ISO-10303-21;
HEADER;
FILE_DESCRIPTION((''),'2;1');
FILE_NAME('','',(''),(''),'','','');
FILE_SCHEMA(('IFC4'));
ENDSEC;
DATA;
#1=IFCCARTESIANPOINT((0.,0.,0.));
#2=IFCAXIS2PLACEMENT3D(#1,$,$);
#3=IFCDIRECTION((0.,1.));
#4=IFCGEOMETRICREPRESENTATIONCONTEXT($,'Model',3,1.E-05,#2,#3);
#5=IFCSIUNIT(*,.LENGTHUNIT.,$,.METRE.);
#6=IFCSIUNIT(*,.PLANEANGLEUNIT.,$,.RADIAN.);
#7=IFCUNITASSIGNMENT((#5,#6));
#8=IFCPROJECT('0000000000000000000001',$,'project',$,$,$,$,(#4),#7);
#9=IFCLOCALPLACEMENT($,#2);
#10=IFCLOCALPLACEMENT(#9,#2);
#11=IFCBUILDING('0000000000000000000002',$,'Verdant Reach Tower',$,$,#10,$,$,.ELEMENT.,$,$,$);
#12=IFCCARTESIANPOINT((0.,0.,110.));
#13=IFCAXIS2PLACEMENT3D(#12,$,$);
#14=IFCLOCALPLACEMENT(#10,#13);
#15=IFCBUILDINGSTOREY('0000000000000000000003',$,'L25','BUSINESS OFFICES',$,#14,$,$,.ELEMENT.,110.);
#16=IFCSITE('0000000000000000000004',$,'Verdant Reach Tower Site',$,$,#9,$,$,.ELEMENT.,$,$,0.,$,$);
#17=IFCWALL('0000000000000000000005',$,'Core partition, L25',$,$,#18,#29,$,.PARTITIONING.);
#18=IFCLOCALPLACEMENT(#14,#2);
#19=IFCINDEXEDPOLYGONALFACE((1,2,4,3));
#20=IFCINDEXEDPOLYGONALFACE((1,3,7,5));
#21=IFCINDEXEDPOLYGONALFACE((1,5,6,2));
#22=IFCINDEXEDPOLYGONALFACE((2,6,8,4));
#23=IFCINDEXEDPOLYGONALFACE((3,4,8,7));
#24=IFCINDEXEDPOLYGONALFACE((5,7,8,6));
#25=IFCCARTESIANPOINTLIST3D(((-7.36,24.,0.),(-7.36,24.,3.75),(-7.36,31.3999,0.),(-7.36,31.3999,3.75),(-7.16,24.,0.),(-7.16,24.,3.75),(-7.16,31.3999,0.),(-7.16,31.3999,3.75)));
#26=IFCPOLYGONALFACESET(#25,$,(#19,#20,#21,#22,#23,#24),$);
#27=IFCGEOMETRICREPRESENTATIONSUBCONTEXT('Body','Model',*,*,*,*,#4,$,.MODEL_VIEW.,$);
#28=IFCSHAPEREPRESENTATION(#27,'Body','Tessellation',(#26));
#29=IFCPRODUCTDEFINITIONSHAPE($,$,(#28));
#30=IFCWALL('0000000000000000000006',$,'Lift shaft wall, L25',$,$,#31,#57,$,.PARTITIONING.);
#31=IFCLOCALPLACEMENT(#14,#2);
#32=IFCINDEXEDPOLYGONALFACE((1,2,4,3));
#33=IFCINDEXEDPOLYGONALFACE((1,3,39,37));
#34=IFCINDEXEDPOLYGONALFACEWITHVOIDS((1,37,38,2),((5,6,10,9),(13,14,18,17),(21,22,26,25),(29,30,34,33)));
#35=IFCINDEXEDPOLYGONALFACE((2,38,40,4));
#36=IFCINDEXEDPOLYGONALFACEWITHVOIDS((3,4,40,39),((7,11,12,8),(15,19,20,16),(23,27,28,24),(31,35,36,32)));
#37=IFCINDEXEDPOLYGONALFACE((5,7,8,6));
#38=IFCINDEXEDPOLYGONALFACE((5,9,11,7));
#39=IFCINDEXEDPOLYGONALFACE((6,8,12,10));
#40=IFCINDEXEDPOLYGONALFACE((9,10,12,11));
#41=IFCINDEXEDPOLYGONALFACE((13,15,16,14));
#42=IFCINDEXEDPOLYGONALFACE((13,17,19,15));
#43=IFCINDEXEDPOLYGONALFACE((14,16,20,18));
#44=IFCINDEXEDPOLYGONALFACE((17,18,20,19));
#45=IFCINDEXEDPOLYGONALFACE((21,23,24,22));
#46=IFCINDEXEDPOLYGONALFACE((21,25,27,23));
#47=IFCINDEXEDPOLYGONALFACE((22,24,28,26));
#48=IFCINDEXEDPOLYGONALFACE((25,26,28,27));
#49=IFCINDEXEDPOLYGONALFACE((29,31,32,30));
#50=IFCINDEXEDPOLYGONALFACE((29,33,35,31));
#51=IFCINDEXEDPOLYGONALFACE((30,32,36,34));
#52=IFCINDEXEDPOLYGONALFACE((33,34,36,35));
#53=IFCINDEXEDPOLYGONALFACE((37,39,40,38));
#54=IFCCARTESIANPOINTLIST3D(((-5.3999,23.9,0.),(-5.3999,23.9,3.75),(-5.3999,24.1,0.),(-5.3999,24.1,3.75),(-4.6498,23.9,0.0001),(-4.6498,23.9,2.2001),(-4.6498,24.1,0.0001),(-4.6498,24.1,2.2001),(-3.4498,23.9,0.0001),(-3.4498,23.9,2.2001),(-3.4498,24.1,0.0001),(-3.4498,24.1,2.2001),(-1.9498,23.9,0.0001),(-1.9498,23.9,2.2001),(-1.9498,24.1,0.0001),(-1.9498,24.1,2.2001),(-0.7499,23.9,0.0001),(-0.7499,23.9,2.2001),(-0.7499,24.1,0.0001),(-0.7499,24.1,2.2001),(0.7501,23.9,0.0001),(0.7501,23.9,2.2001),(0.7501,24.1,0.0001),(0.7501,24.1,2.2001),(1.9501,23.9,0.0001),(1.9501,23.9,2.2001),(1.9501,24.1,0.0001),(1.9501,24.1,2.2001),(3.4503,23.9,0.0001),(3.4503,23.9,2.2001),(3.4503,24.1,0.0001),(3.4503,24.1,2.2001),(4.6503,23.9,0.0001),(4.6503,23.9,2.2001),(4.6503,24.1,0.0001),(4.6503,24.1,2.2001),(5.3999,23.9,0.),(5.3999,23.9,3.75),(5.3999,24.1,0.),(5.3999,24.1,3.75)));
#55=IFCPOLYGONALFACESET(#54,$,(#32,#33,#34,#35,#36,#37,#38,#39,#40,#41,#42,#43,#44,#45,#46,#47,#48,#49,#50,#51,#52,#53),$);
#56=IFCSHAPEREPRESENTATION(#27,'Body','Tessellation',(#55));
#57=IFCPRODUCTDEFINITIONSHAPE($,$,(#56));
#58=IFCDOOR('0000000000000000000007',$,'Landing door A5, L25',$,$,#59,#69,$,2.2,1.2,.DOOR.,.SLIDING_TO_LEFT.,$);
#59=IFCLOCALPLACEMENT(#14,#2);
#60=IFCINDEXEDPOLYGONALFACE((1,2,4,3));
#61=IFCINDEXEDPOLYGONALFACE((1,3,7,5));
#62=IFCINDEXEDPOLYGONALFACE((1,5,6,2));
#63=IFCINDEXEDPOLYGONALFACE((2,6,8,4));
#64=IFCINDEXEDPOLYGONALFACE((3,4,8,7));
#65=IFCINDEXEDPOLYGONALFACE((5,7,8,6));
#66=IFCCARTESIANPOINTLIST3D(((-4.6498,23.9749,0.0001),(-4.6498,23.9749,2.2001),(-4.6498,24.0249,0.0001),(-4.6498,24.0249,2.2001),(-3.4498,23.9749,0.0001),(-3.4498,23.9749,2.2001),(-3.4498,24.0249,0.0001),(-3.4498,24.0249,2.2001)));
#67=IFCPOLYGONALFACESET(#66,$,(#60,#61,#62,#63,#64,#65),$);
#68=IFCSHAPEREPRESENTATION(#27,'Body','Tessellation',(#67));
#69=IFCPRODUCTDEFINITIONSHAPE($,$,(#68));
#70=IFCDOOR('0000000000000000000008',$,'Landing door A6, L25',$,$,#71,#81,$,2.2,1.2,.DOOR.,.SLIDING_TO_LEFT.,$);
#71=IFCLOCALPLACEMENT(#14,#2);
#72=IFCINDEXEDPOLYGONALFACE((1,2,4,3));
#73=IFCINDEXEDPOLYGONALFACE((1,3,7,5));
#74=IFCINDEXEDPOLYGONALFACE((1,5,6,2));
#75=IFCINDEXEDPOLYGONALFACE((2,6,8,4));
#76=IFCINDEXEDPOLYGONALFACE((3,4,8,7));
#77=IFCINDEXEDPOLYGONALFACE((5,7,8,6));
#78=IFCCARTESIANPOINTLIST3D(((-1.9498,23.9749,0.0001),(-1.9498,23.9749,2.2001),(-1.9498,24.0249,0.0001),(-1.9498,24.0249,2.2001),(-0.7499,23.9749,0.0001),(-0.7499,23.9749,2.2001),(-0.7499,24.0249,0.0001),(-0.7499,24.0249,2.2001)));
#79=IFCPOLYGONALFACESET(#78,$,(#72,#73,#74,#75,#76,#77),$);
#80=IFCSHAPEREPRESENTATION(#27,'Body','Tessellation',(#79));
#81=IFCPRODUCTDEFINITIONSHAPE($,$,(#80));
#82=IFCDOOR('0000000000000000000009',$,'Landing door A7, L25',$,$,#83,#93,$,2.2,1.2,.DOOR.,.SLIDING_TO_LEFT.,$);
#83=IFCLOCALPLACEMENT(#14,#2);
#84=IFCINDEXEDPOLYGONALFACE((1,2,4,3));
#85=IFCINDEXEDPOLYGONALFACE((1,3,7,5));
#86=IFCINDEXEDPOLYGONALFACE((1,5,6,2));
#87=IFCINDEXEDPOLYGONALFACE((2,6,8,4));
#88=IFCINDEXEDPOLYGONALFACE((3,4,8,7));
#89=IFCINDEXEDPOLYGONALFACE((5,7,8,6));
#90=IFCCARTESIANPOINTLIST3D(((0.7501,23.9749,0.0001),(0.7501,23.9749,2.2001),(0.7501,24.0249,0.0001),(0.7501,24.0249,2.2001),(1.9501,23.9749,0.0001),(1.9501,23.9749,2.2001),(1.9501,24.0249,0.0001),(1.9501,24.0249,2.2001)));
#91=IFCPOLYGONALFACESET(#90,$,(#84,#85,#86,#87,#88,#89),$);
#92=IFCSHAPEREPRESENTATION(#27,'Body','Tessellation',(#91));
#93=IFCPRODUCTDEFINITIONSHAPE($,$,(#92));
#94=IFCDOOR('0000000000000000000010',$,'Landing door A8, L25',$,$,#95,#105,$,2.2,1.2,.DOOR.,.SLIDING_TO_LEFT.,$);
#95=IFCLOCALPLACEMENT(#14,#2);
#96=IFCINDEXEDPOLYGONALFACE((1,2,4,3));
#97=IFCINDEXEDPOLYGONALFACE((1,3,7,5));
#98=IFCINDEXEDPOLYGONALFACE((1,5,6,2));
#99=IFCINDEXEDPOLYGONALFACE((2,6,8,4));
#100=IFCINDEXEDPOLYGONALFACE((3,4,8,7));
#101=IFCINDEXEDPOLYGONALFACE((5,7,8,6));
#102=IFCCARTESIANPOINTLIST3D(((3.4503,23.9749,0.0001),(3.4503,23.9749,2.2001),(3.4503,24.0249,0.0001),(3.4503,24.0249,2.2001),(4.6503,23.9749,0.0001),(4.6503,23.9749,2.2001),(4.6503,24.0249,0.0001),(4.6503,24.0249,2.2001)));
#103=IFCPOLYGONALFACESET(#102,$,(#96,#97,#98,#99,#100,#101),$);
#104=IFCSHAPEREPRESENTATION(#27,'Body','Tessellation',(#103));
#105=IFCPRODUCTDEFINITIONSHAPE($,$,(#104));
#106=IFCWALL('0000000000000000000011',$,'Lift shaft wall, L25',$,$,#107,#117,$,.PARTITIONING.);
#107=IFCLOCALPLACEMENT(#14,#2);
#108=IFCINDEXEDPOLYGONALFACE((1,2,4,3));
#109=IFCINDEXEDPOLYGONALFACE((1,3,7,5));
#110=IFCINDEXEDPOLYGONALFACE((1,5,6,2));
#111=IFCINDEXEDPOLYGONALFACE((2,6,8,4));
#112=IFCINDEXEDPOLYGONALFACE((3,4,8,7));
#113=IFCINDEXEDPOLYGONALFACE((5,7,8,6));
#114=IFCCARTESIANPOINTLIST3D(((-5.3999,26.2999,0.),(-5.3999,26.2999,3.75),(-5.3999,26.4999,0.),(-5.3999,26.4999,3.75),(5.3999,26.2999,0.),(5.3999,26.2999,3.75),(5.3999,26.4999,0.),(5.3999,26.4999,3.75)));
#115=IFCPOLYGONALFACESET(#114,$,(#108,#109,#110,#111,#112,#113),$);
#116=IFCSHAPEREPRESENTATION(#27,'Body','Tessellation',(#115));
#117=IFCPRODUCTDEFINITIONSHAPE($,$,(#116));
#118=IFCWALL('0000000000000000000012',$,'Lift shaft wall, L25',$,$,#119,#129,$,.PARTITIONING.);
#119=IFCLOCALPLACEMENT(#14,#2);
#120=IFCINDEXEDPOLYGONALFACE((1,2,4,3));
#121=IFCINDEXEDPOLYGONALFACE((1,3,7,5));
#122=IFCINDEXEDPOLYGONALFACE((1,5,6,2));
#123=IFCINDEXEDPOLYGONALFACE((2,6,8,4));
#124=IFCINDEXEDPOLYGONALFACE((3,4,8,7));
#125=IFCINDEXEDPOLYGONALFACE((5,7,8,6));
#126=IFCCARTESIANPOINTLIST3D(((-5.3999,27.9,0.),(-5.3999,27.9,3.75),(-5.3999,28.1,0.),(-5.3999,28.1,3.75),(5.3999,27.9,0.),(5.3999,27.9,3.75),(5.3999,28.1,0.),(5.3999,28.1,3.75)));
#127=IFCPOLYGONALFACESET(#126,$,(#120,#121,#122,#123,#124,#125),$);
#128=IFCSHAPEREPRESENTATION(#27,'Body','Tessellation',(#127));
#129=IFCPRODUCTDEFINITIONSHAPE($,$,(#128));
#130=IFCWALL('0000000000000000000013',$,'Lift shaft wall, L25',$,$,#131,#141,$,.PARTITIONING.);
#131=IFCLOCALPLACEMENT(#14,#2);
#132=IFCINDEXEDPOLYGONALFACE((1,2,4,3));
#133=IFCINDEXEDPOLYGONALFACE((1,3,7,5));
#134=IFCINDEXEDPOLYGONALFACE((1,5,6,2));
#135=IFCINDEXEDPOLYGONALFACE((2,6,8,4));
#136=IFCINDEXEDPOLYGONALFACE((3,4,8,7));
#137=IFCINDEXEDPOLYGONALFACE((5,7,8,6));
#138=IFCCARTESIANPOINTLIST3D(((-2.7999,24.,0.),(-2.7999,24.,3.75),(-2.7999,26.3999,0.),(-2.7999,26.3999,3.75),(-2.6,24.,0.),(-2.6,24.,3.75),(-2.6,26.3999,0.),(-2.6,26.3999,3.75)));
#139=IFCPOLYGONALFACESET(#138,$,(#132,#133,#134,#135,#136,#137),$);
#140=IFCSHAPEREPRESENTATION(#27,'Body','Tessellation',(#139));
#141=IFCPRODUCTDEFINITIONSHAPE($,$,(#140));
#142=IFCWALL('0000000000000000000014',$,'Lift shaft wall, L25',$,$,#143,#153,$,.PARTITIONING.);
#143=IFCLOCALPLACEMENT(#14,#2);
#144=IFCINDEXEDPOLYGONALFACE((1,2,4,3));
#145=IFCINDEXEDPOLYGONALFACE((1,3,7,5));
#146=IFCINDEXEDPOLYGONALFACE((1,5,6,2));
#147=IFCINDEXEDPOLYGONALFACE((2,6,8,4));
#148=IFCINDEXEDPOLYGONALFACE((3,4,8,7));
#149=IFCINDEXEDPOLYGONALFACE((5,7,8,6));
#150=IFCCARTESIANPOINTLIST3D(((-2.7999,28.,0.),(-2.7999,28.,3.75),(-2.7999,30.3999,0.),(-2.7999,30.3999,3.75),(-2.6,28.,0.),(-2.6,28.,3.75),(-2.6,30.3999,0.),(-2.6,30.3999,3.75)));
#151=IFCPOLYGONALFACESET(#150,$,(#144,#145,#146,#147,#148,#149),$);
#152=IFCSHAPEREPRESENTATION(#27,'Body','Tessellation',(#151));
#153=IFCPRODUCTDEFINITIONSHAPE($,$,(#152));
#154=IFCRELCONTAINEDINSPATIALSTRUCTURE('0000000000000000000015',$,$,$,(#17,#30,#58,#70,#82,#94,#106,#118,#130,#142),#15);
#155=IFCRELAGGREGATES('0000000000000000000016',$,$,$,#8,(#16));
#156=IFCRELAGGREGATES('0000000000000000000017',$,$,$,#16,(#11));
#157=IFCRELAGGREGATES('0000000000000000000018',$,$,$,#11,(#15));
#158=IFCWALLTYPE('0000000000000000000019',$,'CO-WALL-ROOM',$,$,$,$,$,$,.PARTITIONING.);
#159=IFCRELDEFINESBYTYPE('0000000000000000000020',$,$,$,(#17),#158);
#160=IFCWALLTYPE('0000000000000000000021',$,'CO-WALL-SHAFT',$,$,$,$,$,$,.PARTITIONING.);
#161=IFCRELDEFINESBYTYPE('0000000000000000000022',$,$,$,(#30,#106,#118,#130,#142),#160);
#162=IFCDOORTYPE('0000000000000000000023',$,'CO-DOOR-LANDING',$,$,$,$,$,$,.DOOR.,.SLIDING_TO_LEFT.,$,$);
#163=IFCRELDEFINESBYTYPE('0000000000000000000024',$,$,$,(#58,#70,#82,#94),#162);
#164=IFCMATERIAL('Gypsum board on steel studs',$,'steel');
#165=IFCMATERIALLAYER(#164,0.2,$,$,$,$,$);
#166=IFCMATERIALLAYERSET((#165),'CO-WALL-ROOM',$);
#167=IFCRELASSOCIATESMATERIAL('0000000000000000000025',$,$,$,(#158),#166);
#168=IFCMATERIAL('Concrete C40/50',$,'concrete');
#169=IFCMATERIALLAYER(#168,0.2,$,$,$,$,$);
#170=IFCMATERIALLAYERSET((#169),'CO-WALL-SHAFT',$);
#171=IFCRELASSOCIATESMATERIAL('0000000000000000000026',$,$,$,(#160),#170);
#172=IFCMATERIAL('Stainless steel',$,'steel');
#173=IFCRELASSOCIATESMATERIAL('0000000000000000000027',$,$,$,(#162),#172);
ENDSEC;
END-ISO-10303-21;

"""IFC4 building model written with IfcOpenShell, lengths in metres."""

from ifc_helpers import new_model, si_unit, direction, frame, frame_2d, origin, place, context, subcontext, project, spatial, rectangle, extrude, material, layer, layer_set, type_object, element, fill, save


model = new_model("IFC4")

# Units and contexts
model_context = context("Model", 3, precision=1e-05, world=origin(), true_north=direction((0.0, 1.0)))
body_context = subcontext(model_context, "Body", "Model", "MODEL_VIEW")
ifc_project = project(units=[si_unit("LENGTHUNIT", "METRE"), si_unit("PLANEANGLEUNIT", "RADIAN")], contexts=[model_context])

# Site, building, storey
site_placement = place(None, origin())
site = spatial("IfcSite", under=ifc_project, at=site_placement, Name="Verdant Reach Tower Site", CompositionType="ELEMENT", RefElevation=0.0)
building_placement = place(site_placement, origin())
building = spatial("IfcBuilding", under=site, at=building_placement, Name="Verdant Reach Tower", CompositionType="ELEMENT")
storey_placement = place(building_placement, frame((0.0, 0.0, 110.0)))
storey = spatial("IfcBuildingStorey", under=building, at=storey_placement, Name="L25", Description="BUSINESS OFFICES", CompositionType="ELEMENT", Elevation=110.0)

# Wall
ifc_material_1 = material(Name="Gypsum board on steel studs", Category="steel")
ifc_layer_1 = layer(ifc_material_1, 0.2)
ifc_layer_set_1 = layer_set([ifc_layer_1], Name="CO-WALL-ROOM")
wall_type_1 = type_object("IfcWallType", Name="CO-WALL-ROOM", PredefinedType="PARTITIONING", material=ifc_layer_set_1)
wall_1_placement = place(storey_placement, frame((-7.26, 24.0, 0.0), z_axis=(0.0, 0.0, 1.0), x_axis=(0.0, 1.0, 0.0)))
element("IfcWall", 1, at=wall_1_placement, inside=storey, type_object=wall_type_1, Name="Core partition, L25", PredefinedType="PARTITIONING", context=body_context, shape_type="SweptSolid", body=[
    extrude(rectangle(XDim=7.3999, YDim=0.2, at=frame_2d((3.7, 0.0))), origin(), (0.0, 0.0, 1.0), 3.75),
])

# Wall, openings, doors
ifc_material_2 = material(Name="Concrete C40/50", Category="concrete")
ifc_layer_2 = layer(ifc_material_2, 0.2)
ifc_layer_set_2 = layer_set([ifc_layer_2], Name="CO-WALL-SHAFT")
wall_type_2 = type_object("IfcWallType", Name="CO-WALL-SHAFT", PredefinedType="PARTITIONING", material=ifc_layer_set_2)
wall_2_placement = place(storey_placement, frame((-5.3999, 24.0, 0.0), z_axis=(0.0, 0.0, 1.0), x_axis=(1.0, 0.0, 0.0)))
wall_2 = element("IfcWall", 2, at=wall_2_placement, inside=storey, type_object=wall_type_2, Name="Lift shaft wall, L25", PredefinedType="PARTITIONING", context=body_context, shape_type="SweptSolid", body=[
    extrude(rectangle(XDim=10.7998, YDim=0.2, at=frame_2d((5.3999, 0.0))), origin(), (0.0, 0.0, 1.0), 3.75),
])
opening_1_placement = place(wall_2_placement, frame((0.75, 0.0, 0.0)))
opening_1 = element("IfcOpeningElement", 3, at=opening_1_placement, cuts=wall_2, PredefinedType="OPENING", context=body_context, shape_type="SweptSolid", body=[
    extrude(rectangle(XDim=1.2, YDim=2.2, at=frame_2d((0.6001, 1.1001))), frame((0.0, 0.1099, 0.0), z_axis=(0.0, -1.0, 0.0), x_axis=(1.0, 0.0, 0.0)), (0.0, 0.0, 1.0), 0.22),
])
opening_2_placement = place(wall_2_placement, frame((3.45, 0.0, 0.0)))
opening_2 = element("IfcOpeningElement", 4, at=opening_2_placement, cuts=wall_2, PredefinedType="OPENING", context=body_context, shape_type="SweptSolid", body=[
    extrude(rectangle(XDim=1.2, YDim=2.2, at=frame_2d((0.6001, 1.1001))), frame((0.0, 0.1099, 0.0), z_axis=(0.0, -1.0, 0.0), x_axis=(1.0, 0.0, 0.0)), (0.0, 0.0, 1.0), 0.22),
])
opening_3_placement = place(wall_2_placement, frame((6.1499, 0.0, 0.0)))
opening_3 = element("IfcOpeningElement", 5, at=opening_3_placement, cuts=wall_2, PredefinedType="OPENING", context=body_context, shape_type="SweptSolid", body=[
    extrude(rectangle(XDim=1.2, YDim=2.2, at=frame_2d((0.6001, 1.1001))), frame((0.0, 0.1099, 0.0), z_axis=(0.0, -1.0, 0.0), x_axis=(1.0, 0.0, 0.0)), (0.0, 0.0, 1.0), 0.22),
])
opening_4_placement = place(wall_2_placement, frame((8.8501, 0.0, 0.0)))
opening_4 = element("IfcOpeningElement", 6, at=opening_4_placement, cuts=wall_2, PredefinedType="OPENING", context=body_context, shape_type="SweptSolid", body=[
    extrude(rectangle(XDim=1.2, YDim=2.2, at=frame_2d((0.6001, 1.1001))), frame((0.0, 0.1099, 0.0), z_axis=(0.0, -1.0, 0.0), x_axis=(1.0, 0.0, 0.0)), (0.0, 0.0, 1.0), 0.22),
])
ifc_material_3 = material(Name="Stainless steel", Category="steel")
door_type_1 = type_object("IfcDoorType", Name="CO-DOOR-LANDING", OperationType="SLIDING_TO_LEFT", PredefinedType="DOOR", material=ifc_material_3)
door_1_placement = place(opening_1_placement, origin())
door_1 = element("IfcDoor", 7, at=door_1_placement, inside=storey, type_object=door_type_1, Name="Landing door A5, L25", OperationType="SLIDING_TO_LEFT", OverallHeight=2.2, OverallWidth=1.2, PredefinedType="DOOR", context=body_context, shape_type="SweptSolid", body=[
    extrude(rectangle(XDim=1.2, YDim=2.2, at=frame_2d((0.6001, 1.1001))), frame((0.0, 0.0249, 0.0), z_axis=(0.0, -1.0, 0.0), x_axis=(1.0, 0.0, 0.0)), (0.0, 0.0, 1.0), 0.05),
])
fill(opening_1, door_1)
door_2_placement = place(opening_2_placement, origin())
door_2 = element("IfcDoor", 8, at=door_2_placement, inside=storey, type_object=door_type_1, Name="Landing door A6, L25", OperationType="SLIDING_TO_LEFT", OverallHeight=2.2, OverallWidth=1.2, PredefinedType="DOOR", context=body_context, shape_type="SweptSolid", body=[
    extrude(rectangle(XDim=1.2, YDim=2.2, at=frame_2d((0.6001, 1.1001))), frame((0.0, 0.0249, 0.0), z_axis=(0.0, -1.0, 0.0), x_axis=(1.0, 0.0, 0.0)), (0.0, 0.0, 1.0), 0.05),
])
fill(opening_2, door_2)
door_3_placement = place(opening_3_placement, origin())
door_3 = element("IfcDoor", 9, at=door_3_placement, inside=storey, type_object=door_type_1, Name="Landing door A7, L25", OperationType="SLIDING_TO_LEFT", OverallHeight=2.2, OverallWidth=1.2, PredefinedType="DOOR", context=body_context, shape_type="SweptSolid", body=[
    extrude(rectangle(XDim=1.2, YDim=2.2, at=frame_2d((0.6001, 1.1001))), frame((0.0, 0.0249, 0.0), z_axis=(0.0, -1.0, 0.0), x_axis=(1.0, 0.0, 0.0)), (0.0, 0.0, 1.0), 0.05),
])
fill(opening_3, door_3)
door_4_placement = place(opening_4_placement, origin())
door_4 = element("IfcDoor", 10, at=door_4_placement, inside=storey, type_object=door_type_1, Name="Landing door A8, L25", OperationType="SLIDING_TO_LEFT", OverallHeight=2.2, OverallWidth=1.2, PredefinedType="DOOR", context=body_context, shape_type="SweptSolid", body=[
    extrude(rectangle(XDim=1.2, YDim=2.2, at=frame_2d((0.6001, 1.1001))), frame((0.0, 0.0249, 0.0), z_axis=(0.0, -1.0, 0.0), x_axis=(1.0, 0.0, 0.0)), (0.0, 0.0, 1.0), 0.05),
])
fill(opening_4, door_4)

# Walls
for number, where, z_axis, x_axis, name in (
    (11, (-5.3999, 26.3999, 0.0), (0.0, 0.0, 1.0), (1.0, 0.0, 0.0), "Lift shaft wall, L25"),
    (12, (-5.3999, 28.0, 0.0), (0.0, 0.0, 1.0), (1.0, 0.0, 0.0), "Lift shaft wall, L25"),
):
    element("IfcWall", number, at=place(storey_placement, frame(where, z_axis=z_axis, x_axis=x_axis)), inside=storey, type_object=wall_type_2, Name=name, PredefinedType="PARTITIONING", context=body_context, shape_type="SweptSolid", body=[
        extrude(rectangle(XDim=10.7998, YDim=0.2, at=frame_2d((5.3999, 0.0))), origin(), (0.0, 0.0, 1.0), 3.75),
    ])
for number, where, z_axis, x_axis, name in (
    (13, (-2.7, 24.0, 0.0), (0.0, 0.0, 1.0), (0.0, 1.0, 0.0), "Lift shaft wall, L25"),
    (14, (-2.7, 28.0, 0.0), (0.0, 0.0, 1.0), (0.0, 1.0, 0.0), "Lift shaft wall, L25"),
):
    element("IfcWall", number, at=place(storey_placement, frame(where, z_axis=z_axis, x_axis=x_axis)), inside=storey, type_object=wall_type_2, Name=name, PredefinedType="PARTITIONING", context=body_context, shape_type="SweptSolid", body=[
        extrude(rectangle(XDim=2.3999, YDim=0.2, at=frame_2d((1.2, 0.0))), origin(), (0.0, 0.0, 1.0), 3.75),
    ])

save(model, "model.ifc")
